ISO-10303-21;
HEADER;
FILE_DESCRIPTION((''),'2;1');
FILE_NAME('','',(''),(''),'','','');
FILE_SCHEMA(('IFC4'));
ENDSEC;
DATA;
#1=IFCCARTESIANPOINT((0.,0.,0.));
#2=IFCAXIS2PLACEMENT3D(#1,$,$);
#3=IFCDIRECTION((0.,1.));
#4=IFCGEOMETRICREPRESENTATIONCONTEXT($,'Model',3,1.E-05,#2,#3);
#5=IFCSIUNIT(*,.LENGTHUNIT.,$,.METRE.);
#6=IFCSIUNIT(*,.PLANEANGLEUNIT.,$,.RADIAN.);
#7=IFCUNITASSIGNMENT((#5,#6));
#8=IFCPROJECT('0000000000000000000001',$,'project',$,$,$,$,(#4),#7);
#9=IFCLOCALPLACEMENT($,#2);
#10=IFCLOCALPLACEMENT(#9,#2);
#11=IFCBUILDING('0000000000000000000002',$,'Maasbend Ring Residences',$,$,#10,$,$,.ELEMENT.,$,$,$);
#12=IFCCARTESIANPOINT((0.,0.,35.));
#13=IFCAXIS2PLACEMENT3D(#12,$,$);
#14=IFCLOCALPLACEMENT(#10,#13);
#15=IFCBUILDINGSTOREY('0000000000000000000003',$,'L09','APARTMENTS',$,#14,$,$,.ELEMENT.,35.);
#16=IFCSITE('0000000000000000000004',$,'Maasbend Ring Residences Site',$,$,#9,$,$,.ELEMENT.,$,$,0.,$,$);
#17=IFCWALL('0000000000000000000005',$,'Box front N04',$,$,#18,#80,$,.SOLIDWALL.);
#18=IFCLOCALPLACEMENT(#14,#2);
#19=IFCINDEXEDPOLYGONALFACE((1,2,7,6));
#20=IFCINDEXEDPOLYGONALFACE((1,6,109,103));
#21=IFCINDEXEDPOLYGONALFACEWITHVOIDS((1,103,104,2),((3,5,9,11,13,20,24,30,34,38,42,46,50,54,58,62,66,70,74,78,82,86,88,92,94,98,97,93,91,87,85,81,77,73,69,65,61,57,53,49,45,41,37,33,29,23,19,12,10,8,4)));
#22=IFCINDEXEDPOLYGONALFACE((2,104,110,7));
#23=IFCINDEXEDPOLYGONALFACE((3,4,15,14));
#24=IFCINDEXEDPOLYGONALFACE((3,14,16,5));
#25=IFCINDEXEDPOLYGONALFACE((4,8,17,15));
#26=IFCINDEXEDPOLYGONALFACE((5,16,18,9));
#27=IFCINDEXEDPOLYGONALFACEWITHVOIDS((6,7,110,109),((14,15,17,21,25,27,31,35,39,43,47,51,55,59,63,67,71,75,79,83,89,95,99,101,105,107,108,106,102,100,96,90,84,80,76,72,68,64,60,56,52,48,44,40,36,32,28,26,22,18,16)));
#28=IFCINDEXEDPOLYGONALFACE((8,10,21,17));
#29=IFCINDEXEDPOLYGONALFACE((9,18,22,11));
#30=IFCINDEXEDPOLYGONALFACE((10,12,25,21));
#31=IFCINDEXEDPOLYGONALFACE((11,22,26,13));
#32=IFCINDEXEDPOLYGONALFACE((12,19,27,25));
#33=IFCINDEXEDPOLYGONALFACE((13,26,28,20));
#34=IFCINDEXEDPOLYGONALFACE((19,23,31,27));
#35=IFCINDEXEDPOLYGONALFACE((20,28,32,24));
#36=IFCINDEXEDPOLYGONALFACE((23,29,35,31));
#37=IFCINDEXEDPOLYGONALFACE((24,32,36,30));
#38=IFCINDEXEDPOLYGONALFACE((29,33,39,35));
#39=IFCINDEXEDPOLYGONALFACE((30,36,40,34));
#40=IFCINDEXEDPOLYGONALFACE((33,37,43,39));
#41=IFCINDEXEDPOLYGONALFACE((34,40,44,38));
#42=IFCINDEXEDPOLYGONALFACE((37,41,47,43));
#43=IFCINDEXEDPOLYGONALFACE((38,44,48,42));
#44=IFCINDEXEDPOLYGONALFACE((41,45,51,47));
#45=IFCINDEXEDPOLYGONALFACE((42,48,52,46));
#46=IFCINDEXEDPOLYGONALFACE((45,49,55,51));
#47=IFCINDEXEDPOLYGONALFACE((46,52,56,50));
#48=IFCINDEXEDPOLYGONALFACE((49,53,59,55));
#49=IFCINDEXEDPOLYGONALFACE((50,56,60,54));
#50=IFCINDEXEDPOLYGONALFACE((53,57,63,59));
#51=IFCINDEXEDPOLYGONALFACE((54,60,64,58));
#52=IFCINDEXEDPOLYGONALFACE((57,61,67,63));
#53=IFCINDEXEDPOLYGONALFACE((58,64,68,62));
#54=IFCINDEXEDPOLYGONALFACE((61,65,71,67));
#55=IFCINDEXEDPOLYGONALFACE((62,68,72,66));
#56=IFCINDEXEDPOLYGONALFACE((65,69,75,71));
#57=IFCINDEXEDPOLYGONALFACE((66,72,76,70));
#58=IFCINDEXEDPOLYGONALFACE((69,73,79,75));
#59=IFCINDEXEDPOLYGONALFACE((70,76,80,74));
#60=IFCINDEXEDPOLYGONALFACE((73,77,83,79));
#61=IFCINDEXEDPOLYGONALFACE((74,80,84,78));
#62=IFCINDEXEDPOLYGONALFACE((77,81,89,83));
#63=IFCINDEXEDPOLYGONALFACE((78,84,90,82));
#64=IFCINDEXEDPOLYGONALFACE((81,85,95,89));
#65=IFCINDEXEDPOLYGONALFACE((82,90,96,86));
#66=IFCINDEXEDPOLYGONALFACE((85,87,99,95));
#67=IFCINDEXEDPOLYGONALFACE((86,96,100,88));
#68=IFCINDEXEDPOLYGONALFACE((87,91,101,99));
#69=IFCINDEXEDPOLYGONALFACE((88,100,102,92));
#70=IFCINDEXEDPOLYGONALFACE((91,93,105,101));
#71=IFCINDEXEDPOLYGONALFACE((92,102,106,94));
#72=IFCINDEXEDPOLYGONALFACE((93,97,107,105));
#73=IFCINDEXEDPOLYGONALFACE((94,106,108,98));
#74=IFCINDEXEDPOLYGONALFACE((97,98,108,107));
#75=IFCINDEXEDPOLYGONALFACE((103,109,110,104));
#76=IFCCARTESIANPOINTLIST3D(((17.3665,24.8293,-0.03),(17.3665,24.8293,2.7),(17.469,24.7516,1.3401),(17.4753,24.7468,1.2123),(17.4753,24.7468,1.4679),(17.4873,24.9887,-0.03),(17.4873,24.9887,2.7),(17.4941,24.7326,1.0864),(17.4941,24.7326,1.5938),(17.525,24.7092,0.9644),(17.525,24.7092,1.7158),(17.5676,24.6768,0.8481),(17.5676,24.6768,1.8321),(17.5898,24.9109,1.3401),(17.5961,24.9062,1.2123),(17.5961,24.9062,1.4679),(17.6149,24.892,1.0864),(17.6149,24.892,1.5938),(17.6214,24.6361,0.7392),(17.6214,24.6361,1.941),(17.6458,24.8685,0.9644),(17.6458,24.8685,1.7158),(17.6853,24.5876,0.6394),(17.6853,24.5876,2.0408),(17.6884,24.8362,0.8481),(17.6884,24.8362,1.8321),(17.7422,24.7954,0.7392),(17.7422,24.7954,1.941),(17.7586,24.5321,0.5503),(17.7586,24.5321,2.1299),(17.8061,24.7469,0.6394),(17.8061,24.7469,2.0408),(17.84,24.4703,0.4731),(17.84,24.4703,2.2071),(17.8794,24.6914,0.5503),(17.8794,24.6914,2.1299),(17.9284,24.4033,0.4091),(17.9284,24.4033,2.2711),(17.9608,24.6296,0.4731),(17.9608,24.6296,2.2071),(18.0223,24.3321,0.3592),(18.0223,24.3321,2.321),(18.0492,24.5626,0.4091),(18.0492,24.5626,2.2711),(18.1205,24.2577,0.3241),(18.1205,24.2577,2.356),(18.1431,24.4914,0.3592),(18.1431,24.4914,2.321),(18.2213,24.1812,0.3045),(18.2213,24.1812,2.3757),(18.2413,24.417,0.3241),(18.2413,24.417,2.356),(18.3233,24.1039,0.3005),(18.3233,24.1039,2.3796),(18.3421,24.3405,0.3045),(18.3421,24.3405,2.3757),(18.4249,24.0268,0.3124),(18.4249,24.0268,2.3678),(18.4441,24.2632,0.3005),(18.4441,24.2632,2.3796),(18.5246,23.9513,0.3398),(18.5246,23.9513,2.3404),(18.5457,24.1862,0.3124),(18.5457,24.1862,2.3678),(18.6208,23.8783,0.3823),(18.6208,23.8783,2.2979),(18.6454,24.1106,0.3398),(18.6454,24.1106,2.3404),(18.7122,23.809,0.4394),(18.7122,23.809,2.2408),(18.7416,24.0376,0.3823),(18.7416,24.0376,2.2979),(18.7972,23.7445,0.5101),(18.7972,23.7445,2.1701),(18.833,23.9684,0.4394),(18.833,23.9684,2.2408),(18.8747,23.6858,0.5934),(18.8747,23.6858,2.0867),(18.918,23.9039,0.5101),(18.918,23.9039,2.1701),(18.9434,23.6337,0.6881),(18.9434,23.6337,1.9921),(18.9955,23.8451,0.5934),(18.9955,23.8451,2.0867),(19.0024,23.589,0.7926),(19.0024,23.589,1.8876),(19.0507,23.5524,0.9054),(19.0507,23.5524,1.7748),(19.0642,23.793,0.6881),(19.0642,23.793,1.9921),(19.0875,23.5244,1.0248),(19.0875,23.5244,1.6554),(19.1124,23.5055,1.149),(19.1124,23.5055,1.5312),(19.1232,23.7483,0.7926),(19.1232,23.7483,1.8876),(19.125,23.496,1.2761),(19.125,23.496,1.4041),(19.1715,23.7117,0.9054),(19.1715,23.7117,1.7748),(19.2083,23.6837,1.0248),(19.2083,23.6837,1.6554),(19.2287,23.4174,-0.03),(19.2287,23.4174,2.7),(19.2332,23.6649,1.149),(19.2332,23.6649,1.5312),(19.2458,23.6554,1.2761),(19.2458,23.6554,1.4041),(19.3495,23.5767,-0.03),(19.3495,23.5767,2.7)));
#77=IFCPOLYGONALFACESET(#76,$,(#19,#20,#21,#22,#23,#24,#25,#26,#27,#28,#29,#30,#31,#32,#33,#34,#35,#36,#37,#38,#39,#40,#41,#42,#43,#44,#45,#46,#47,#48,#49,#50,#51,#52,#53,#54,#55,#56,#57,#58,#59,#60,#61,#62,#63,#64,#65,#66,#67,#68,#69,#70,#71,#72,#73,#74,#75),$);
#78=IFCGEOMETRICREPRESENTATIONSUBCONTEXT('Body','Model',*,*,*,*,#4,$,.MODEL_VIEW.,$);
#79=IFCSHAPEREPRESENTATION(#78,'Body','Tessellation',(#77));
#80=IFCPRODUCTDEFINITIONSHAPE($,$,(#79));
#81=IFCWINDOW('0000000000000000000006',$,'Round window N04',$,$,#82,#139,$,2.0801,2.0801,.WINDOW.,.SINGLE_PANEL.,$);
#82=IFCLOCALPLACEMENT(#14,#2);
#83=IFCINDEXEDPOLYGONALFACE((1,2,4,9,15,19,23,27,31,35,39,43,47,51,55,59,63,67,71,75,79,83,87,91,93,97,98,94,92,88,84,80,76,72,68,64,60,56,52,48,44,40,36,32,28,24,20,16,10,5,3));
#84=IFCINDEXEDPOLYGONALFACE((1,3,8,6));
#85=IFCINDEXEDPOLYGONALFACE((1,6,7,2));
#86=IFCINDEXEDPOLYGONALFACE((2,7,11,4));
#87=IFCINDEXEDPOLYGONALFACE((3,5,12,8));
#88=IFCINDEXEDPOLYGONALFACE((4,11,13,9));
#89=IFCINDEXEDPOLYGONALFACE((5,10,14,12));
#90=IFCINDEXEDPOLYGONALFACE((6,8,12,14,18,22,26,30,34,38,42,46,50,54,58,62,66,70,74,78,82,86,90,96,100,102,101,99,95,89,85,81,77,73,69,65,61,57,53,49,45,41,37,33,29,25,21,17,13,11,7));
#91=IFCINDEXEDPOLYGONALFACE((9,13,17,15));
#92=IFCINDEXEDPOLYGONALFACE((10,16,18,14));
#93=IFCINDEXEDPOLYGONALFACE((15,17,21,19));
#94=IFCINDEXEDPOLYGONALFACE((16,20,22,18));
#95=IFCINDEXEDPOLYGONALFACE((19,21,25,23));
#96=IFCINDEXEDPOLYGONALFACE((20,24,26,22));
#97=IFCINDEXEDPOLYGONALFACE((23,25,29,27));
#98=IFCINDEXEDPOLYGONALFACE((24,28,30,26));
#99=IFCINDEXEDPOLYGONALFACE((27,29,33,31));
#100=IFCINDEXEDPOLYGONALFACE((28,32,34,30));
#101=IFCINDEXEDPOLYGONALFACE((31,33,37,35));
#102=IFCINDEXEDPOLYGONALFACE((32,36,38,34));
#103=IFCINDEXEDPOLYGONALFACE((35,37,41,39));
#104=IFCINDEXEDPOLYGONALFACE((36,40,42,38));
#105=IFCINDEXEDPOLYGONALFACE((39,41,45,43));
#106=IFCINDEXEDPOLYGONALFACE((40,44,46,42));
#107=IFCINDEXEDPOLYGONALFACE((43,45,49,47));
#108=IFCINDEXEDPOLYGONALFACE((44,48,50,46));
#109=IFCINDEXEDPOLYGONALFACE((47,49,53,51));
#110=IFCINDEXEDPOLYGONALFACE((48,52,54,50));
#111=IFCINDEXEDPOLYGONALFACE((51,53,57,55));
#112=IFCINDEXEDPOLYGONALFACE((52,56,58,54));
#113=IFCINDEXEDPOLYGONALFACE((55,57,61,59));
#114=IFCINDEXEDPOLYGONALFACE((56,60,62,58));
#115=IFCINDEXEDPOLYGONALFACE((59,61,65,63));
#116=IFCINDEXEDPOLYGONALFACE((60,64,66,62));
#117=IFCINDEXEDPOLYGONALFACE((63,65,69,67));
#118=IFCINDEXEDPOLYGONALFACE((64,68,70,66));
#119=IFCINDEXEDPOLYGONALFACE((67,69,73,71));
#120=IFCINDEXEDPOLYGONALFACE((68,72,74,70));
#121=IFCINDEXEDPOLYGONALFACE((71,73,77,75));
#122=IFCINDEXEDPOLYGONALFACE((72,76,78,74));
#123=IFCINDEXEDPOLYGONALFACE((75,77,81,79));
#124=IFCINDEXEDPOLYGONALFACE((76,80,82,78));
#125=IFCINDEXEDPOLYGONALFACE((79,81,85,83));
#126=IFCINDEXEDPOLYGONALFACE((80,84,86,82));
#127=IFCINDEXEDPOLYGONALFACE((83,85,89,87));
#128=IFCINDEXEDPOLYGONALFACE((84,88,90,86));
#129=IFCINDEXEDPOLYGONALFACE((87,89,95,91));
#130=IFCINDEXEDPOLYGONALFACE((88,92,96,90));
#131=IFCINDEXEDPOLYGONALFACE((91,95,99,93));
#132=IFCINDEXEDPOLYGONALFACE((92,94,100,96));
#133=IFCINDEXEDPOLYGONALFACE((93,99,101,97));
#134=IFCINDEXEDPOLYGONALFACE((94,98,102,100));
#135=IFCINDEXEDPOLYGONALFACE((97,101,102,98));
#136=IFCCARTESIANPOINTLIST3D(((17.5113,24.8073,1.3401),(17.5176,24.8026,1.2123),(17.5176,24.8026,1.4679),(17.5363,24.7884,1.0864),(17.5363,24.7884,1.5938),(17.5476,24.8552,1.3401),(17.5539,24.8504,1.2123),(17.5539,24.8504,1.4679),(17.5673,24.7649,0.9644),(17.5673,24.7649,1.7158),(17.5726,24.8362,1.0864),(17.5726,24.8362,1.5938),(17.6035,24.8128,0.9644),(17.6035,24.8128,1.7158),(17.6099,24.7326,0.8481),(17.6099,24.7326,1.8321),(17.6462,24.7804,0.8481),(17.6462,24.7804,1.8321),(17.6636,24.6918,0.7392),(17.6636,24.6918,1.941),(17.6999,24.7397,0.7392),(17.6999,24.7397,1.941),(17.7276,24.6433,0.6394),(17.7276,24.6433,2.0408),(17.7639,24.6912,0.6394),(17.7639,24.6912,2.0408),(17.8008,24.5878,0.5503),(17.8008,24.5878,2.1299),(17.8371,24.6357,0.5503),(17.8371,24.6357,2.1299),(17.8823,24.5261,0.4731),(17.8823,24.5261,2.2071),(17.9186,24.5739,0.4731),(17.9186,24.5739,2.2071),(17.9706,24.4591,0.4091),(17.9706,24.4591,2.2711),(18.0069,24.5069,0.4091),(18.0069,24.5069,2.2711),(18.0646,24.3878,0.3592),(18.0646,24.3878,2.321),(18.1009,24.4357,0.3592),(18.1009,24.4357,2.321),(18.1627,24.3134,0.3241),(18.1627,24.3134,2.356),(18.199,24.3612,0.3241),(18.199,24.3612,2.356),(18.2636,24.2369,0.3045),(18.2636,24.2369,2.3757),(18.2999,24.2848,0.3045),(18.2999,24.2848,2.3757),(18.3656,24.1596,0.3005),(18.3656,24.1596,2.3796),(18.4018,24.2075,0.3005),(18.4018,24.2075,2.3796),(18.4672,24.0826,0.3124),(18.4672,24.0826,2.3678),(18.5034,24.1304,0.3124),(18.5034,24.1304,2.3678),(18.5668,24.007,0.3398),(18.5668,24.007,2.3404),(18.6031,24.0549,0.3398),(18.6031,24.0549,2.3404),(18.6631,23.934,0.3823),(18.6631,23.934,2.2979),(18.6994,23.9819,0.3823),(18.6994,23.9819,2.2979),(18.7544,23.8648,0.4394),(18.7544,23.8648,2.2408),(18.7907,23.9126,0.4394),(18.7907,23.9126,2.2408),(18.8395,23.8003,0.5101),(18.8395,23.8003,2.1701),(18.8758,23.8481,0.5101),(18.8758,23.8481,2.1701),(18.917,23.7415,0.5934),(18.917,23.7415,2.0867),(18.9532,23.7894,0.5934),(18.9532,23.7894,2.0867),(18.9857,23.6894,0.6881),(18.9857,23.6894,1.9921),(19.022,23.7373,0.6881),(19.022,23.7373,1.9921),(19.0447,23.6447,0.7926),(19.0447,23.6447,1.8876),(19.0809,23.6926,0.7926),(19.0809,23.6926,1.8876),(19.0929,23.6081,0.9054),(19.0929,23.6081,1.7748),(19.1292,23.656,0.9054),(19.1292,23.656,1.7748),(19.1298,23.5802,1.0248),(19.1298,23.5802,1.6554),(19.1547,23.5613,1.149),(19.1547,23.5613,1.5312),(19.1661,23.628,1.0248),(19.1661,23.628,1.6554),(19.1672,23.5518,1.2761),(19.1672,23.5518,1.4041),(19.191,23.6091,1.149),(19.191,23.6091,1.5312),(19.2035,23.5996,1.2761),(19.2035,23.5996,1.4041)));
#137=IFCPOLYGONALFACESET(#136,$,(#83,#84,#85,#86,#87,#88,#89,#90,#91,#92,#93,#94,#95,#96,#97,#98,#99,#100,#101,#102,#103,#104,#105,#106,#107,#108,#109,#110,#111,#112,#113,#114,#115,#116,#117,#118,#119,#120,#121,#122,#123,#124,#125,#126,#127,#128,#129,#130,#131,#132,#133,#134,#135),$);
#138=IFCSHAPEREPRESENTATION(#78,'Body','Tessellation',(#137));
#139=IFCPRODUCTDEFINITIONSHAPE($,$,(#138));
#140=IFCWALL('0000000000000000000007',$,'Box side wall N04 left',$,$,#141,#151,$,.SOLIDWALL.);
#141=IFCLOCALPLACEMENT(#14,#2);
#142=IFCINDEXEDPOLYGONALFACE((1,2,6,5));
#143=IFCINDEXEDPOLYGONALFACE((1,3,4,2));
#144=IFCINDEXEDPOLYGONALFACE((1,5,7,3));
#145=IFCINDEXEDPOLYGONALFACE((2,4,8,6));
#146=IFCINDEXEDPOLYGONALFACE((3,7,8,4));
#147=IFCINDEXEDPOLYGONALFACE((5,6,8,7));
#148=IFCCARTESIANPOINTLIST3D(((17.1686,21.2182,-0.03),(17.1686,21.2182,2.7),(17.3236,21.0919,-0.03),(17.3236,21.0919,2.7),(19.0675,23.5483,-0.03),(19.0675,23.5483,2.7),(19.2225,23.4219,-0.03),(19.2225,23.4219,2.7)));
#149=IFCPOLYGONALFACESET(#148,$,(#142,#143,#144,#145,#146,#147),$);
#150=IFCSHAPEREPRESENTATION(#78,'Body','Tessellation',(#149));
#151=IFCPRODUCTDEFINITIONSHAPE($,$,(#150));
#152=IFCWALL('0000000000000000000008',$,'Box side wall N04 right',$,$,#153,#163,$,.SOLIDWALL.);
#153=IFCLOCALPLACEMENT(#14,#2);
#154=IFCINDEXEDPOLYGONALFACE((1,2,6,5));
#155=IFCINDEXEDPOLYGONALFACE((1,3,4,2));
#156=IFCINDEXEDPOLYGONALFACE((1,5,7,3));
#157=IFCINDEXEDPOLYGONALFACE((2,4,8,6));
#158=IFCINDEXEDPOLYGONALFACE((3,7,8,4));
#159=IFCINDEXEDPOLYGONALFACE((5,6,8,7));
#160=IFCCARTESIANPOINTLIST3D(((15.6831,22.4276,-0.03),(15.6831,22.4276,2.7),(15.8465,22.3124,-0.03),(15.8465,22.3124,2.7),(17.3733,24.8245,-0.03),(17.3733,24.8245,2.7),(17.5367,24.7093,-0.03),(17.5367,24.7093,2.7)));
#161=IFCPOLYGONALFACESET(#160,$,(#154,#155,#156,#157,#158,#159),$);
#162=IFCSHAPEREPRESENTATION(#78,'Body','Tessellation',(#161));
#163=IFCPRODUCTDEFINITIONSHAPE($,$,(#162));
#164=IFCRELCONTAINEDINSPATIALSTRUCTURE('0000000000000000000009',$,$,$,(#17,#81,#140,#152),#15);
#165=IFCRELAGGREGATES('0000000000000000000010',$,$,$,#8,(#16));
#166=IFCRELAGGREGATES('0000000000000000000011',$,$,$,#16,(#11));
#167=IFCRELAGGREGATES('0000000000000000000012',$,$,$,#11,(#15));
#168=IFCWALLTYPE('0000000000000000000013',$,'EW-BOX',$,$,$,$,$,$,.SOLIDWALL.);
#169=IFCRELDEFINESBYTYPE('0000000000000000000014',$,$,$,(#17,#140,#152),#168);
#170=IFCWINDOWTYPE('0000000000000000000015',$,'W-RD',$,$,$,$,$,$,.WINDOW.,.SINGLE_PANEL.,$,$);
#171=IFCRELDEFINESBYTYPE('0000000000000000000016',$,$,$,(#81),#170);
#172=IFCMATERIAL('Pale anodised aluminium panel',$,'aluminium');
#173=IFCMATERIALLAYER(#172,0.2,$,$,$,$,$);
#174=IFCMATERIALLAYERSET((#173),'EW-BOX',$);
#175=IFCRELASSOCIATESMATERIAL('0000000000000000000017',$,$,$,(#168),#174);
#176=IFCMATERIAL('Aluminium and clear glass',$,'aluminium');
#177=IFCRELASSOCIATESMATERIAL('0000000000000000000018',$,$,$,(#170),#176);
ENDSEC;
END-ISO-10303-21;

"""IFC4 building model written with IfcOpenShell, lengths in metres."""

from ifc_helpers import new_model, si_unit, direction, frame, frame_2d, origin, place, context, subcontext, project, spatial, rectangle, circle, extrude, material, layer, layer_set, type_object, element, fill, save


model = new_model("IFC4")

# Units and contexts
model_context = context("Model", 3, precision=1e-05, world=origin(), true_north=direction((0.0, 1.0)))
body_context = subcontext(model_context, "Body", "Model", "MODEL_VIEW")
ifc_project = project(units=[si_unit("LENGTHUNIT", "METRE"), si_unit("PLANEANGLEUNIT", "RADIAN")], contexts=[model_context])

# Site, building, storey
site_placement = place(None, origin())
site = spatial("IfcSite", under=ifc_project, at=site_placement, Name="Maasbend Ring Residences Site", CompositionType="ELEMENT", RefElevation=0.0)
building_placement = place(site_placement, origin())
building = spatial("IfcBuilding", under=site, at=building_placement, Name="Maasbend Ring Residences", CompositionType="ELEMENT")
storey_placement = place(building_placement, frame((0.0, 0.0, 35.0)))
storey = spatial("IfcBuildingStorey", under=building, at=storey_placement, Name="L09", Description="APARTMENTS", CompositionType="ELEMENT", Elevation=35.0)

# Shared definitions
ifc_material_1 = material(Name="Pale anodised aluminium panel", Category="aluminium")
ifc_layer_1 = layer(ifc_material_1, 0.2)
ifc_layer_set_1 = layer_set([ifc_layer_1], Name="EW-BOX")
wall_type_1 = type_object("IfcWallType", Name="EW-BOX", PredefinedType="SOLIDWALL", material=ifc_layer_set_1)
ifc_material_2 = material(Name="Aluminium and clear glass", Category="aluminium")
window_type_1 = type_object("IfcWindowType", Name="W-RD", PartitioningType="SINGLE_PANEL", PredefinedType="WINDOW", material=ifc_material_2)

# Wall, opening, window
wall_1_placement = place(storey_placement, frame((19.2891, 23.4971, -0.03), z_axis=(0.0, 0.0, 1.0), x_axis=(-0.796842, 0.604188, 0.0)))
wall_1 = element("IfcWall", 1, at=wall_1_placement, inside=storey, type_object=wall_type_1, Name="Box front N04", PredefinedType="SOLIDWALL", context=body_context, shape_type="SweptSolid", body=[
    extrude(rectangle(XDim=2.3369, YDim=0.2, at=frame_2d((1.1685, 0.0))), origin(), (0.0, 0.0, 1.0), 2.73),
])
opening_1_placement = place(wall_1_placement, frame((0.1282, 0.0, 0.3301)))
opening_1 = element("IfcOpeningElement", 2, at=opening_1_placement, cuts=wall_1, PredefinedType="OPENING", context=body_context, shape_type="SweptSolid", body=[
    extrude(circle(Radius=1.04, at=frame_2d((1.04, 1.04))), frame((0.0, 0.1099, 0.0), z_axis=(0.0, -1.0, 0.0), x_axis=(1.0, 0.0, 0.0)), (0.0, 0.0, 1.0), 0.22),
])
window_1_placement = place(opening_1_placement, origin())
window_1 = element("IfcWindow", 3, at=window_1_placement, inside=storey, type_object=window_type_1, Name="Round window N04", OverallHeight=2.0801, OverallWidth=2.0801, PartitioningType="SINGLE_PANEL", PredefinedType="WINDOW", context=body_context, shape_type="SweptSolid", body=[
    extrude(circle(Radius=1.04, at=frame_2d((1.04, 1.04))), frame((0.0, 0.03, 0.0), z_axis=(0.0, -1.0, 0.0), x_axis=(1.0, 0.0, 0.0)), (0.0, 0.0, 1.0), 0.0601),
])
fill(opening_1, window_1)

# Walls
wall_2_placement = place(storey_placement, frame((17.2461, 21.155, -0.03), z_axis=(0.0, 0.0, 1.0), x_axis=(0.631742, 0.775179, 0.0)))
element("IfcWall", 4, at=wall_2_placement, inside=storey, type_object=wall_type_1, Name="Box side wall N04 left", PredefinedType="SOLIDWALL", context=body_context, shape_type="SweptSolid", body=[
    extrude(rectangle(XDim=3.0059, YDim=0.2, at=frame_2d((1.5029, 0.0))), origin(), (0.0, 0.0, 1.0), 2.73),
])
wall_3_placement = place(storey_placement, frame((15.7649, 22.3701, -0.03), z_axis=(0.0, 0.0, 1.0), x_axis=(0.576275, 0.817256, 0.0)))
element("IfcWall", 5, at=wall_3_placement, inside=storey, type_object=wall_type_1, Name="Box side wall N04 right", PredefinedType="SOLIDWALL", context=body_context, shape_type="SweptSolid", body=[
    extrude(rectangle(XDim=2.9329, YDim=0.2, at=frame_2d((1.4663, 0.0))), origin(), (0.0, 0.0, 1.0), 2.73),
])

save(model, "model.ifc")
